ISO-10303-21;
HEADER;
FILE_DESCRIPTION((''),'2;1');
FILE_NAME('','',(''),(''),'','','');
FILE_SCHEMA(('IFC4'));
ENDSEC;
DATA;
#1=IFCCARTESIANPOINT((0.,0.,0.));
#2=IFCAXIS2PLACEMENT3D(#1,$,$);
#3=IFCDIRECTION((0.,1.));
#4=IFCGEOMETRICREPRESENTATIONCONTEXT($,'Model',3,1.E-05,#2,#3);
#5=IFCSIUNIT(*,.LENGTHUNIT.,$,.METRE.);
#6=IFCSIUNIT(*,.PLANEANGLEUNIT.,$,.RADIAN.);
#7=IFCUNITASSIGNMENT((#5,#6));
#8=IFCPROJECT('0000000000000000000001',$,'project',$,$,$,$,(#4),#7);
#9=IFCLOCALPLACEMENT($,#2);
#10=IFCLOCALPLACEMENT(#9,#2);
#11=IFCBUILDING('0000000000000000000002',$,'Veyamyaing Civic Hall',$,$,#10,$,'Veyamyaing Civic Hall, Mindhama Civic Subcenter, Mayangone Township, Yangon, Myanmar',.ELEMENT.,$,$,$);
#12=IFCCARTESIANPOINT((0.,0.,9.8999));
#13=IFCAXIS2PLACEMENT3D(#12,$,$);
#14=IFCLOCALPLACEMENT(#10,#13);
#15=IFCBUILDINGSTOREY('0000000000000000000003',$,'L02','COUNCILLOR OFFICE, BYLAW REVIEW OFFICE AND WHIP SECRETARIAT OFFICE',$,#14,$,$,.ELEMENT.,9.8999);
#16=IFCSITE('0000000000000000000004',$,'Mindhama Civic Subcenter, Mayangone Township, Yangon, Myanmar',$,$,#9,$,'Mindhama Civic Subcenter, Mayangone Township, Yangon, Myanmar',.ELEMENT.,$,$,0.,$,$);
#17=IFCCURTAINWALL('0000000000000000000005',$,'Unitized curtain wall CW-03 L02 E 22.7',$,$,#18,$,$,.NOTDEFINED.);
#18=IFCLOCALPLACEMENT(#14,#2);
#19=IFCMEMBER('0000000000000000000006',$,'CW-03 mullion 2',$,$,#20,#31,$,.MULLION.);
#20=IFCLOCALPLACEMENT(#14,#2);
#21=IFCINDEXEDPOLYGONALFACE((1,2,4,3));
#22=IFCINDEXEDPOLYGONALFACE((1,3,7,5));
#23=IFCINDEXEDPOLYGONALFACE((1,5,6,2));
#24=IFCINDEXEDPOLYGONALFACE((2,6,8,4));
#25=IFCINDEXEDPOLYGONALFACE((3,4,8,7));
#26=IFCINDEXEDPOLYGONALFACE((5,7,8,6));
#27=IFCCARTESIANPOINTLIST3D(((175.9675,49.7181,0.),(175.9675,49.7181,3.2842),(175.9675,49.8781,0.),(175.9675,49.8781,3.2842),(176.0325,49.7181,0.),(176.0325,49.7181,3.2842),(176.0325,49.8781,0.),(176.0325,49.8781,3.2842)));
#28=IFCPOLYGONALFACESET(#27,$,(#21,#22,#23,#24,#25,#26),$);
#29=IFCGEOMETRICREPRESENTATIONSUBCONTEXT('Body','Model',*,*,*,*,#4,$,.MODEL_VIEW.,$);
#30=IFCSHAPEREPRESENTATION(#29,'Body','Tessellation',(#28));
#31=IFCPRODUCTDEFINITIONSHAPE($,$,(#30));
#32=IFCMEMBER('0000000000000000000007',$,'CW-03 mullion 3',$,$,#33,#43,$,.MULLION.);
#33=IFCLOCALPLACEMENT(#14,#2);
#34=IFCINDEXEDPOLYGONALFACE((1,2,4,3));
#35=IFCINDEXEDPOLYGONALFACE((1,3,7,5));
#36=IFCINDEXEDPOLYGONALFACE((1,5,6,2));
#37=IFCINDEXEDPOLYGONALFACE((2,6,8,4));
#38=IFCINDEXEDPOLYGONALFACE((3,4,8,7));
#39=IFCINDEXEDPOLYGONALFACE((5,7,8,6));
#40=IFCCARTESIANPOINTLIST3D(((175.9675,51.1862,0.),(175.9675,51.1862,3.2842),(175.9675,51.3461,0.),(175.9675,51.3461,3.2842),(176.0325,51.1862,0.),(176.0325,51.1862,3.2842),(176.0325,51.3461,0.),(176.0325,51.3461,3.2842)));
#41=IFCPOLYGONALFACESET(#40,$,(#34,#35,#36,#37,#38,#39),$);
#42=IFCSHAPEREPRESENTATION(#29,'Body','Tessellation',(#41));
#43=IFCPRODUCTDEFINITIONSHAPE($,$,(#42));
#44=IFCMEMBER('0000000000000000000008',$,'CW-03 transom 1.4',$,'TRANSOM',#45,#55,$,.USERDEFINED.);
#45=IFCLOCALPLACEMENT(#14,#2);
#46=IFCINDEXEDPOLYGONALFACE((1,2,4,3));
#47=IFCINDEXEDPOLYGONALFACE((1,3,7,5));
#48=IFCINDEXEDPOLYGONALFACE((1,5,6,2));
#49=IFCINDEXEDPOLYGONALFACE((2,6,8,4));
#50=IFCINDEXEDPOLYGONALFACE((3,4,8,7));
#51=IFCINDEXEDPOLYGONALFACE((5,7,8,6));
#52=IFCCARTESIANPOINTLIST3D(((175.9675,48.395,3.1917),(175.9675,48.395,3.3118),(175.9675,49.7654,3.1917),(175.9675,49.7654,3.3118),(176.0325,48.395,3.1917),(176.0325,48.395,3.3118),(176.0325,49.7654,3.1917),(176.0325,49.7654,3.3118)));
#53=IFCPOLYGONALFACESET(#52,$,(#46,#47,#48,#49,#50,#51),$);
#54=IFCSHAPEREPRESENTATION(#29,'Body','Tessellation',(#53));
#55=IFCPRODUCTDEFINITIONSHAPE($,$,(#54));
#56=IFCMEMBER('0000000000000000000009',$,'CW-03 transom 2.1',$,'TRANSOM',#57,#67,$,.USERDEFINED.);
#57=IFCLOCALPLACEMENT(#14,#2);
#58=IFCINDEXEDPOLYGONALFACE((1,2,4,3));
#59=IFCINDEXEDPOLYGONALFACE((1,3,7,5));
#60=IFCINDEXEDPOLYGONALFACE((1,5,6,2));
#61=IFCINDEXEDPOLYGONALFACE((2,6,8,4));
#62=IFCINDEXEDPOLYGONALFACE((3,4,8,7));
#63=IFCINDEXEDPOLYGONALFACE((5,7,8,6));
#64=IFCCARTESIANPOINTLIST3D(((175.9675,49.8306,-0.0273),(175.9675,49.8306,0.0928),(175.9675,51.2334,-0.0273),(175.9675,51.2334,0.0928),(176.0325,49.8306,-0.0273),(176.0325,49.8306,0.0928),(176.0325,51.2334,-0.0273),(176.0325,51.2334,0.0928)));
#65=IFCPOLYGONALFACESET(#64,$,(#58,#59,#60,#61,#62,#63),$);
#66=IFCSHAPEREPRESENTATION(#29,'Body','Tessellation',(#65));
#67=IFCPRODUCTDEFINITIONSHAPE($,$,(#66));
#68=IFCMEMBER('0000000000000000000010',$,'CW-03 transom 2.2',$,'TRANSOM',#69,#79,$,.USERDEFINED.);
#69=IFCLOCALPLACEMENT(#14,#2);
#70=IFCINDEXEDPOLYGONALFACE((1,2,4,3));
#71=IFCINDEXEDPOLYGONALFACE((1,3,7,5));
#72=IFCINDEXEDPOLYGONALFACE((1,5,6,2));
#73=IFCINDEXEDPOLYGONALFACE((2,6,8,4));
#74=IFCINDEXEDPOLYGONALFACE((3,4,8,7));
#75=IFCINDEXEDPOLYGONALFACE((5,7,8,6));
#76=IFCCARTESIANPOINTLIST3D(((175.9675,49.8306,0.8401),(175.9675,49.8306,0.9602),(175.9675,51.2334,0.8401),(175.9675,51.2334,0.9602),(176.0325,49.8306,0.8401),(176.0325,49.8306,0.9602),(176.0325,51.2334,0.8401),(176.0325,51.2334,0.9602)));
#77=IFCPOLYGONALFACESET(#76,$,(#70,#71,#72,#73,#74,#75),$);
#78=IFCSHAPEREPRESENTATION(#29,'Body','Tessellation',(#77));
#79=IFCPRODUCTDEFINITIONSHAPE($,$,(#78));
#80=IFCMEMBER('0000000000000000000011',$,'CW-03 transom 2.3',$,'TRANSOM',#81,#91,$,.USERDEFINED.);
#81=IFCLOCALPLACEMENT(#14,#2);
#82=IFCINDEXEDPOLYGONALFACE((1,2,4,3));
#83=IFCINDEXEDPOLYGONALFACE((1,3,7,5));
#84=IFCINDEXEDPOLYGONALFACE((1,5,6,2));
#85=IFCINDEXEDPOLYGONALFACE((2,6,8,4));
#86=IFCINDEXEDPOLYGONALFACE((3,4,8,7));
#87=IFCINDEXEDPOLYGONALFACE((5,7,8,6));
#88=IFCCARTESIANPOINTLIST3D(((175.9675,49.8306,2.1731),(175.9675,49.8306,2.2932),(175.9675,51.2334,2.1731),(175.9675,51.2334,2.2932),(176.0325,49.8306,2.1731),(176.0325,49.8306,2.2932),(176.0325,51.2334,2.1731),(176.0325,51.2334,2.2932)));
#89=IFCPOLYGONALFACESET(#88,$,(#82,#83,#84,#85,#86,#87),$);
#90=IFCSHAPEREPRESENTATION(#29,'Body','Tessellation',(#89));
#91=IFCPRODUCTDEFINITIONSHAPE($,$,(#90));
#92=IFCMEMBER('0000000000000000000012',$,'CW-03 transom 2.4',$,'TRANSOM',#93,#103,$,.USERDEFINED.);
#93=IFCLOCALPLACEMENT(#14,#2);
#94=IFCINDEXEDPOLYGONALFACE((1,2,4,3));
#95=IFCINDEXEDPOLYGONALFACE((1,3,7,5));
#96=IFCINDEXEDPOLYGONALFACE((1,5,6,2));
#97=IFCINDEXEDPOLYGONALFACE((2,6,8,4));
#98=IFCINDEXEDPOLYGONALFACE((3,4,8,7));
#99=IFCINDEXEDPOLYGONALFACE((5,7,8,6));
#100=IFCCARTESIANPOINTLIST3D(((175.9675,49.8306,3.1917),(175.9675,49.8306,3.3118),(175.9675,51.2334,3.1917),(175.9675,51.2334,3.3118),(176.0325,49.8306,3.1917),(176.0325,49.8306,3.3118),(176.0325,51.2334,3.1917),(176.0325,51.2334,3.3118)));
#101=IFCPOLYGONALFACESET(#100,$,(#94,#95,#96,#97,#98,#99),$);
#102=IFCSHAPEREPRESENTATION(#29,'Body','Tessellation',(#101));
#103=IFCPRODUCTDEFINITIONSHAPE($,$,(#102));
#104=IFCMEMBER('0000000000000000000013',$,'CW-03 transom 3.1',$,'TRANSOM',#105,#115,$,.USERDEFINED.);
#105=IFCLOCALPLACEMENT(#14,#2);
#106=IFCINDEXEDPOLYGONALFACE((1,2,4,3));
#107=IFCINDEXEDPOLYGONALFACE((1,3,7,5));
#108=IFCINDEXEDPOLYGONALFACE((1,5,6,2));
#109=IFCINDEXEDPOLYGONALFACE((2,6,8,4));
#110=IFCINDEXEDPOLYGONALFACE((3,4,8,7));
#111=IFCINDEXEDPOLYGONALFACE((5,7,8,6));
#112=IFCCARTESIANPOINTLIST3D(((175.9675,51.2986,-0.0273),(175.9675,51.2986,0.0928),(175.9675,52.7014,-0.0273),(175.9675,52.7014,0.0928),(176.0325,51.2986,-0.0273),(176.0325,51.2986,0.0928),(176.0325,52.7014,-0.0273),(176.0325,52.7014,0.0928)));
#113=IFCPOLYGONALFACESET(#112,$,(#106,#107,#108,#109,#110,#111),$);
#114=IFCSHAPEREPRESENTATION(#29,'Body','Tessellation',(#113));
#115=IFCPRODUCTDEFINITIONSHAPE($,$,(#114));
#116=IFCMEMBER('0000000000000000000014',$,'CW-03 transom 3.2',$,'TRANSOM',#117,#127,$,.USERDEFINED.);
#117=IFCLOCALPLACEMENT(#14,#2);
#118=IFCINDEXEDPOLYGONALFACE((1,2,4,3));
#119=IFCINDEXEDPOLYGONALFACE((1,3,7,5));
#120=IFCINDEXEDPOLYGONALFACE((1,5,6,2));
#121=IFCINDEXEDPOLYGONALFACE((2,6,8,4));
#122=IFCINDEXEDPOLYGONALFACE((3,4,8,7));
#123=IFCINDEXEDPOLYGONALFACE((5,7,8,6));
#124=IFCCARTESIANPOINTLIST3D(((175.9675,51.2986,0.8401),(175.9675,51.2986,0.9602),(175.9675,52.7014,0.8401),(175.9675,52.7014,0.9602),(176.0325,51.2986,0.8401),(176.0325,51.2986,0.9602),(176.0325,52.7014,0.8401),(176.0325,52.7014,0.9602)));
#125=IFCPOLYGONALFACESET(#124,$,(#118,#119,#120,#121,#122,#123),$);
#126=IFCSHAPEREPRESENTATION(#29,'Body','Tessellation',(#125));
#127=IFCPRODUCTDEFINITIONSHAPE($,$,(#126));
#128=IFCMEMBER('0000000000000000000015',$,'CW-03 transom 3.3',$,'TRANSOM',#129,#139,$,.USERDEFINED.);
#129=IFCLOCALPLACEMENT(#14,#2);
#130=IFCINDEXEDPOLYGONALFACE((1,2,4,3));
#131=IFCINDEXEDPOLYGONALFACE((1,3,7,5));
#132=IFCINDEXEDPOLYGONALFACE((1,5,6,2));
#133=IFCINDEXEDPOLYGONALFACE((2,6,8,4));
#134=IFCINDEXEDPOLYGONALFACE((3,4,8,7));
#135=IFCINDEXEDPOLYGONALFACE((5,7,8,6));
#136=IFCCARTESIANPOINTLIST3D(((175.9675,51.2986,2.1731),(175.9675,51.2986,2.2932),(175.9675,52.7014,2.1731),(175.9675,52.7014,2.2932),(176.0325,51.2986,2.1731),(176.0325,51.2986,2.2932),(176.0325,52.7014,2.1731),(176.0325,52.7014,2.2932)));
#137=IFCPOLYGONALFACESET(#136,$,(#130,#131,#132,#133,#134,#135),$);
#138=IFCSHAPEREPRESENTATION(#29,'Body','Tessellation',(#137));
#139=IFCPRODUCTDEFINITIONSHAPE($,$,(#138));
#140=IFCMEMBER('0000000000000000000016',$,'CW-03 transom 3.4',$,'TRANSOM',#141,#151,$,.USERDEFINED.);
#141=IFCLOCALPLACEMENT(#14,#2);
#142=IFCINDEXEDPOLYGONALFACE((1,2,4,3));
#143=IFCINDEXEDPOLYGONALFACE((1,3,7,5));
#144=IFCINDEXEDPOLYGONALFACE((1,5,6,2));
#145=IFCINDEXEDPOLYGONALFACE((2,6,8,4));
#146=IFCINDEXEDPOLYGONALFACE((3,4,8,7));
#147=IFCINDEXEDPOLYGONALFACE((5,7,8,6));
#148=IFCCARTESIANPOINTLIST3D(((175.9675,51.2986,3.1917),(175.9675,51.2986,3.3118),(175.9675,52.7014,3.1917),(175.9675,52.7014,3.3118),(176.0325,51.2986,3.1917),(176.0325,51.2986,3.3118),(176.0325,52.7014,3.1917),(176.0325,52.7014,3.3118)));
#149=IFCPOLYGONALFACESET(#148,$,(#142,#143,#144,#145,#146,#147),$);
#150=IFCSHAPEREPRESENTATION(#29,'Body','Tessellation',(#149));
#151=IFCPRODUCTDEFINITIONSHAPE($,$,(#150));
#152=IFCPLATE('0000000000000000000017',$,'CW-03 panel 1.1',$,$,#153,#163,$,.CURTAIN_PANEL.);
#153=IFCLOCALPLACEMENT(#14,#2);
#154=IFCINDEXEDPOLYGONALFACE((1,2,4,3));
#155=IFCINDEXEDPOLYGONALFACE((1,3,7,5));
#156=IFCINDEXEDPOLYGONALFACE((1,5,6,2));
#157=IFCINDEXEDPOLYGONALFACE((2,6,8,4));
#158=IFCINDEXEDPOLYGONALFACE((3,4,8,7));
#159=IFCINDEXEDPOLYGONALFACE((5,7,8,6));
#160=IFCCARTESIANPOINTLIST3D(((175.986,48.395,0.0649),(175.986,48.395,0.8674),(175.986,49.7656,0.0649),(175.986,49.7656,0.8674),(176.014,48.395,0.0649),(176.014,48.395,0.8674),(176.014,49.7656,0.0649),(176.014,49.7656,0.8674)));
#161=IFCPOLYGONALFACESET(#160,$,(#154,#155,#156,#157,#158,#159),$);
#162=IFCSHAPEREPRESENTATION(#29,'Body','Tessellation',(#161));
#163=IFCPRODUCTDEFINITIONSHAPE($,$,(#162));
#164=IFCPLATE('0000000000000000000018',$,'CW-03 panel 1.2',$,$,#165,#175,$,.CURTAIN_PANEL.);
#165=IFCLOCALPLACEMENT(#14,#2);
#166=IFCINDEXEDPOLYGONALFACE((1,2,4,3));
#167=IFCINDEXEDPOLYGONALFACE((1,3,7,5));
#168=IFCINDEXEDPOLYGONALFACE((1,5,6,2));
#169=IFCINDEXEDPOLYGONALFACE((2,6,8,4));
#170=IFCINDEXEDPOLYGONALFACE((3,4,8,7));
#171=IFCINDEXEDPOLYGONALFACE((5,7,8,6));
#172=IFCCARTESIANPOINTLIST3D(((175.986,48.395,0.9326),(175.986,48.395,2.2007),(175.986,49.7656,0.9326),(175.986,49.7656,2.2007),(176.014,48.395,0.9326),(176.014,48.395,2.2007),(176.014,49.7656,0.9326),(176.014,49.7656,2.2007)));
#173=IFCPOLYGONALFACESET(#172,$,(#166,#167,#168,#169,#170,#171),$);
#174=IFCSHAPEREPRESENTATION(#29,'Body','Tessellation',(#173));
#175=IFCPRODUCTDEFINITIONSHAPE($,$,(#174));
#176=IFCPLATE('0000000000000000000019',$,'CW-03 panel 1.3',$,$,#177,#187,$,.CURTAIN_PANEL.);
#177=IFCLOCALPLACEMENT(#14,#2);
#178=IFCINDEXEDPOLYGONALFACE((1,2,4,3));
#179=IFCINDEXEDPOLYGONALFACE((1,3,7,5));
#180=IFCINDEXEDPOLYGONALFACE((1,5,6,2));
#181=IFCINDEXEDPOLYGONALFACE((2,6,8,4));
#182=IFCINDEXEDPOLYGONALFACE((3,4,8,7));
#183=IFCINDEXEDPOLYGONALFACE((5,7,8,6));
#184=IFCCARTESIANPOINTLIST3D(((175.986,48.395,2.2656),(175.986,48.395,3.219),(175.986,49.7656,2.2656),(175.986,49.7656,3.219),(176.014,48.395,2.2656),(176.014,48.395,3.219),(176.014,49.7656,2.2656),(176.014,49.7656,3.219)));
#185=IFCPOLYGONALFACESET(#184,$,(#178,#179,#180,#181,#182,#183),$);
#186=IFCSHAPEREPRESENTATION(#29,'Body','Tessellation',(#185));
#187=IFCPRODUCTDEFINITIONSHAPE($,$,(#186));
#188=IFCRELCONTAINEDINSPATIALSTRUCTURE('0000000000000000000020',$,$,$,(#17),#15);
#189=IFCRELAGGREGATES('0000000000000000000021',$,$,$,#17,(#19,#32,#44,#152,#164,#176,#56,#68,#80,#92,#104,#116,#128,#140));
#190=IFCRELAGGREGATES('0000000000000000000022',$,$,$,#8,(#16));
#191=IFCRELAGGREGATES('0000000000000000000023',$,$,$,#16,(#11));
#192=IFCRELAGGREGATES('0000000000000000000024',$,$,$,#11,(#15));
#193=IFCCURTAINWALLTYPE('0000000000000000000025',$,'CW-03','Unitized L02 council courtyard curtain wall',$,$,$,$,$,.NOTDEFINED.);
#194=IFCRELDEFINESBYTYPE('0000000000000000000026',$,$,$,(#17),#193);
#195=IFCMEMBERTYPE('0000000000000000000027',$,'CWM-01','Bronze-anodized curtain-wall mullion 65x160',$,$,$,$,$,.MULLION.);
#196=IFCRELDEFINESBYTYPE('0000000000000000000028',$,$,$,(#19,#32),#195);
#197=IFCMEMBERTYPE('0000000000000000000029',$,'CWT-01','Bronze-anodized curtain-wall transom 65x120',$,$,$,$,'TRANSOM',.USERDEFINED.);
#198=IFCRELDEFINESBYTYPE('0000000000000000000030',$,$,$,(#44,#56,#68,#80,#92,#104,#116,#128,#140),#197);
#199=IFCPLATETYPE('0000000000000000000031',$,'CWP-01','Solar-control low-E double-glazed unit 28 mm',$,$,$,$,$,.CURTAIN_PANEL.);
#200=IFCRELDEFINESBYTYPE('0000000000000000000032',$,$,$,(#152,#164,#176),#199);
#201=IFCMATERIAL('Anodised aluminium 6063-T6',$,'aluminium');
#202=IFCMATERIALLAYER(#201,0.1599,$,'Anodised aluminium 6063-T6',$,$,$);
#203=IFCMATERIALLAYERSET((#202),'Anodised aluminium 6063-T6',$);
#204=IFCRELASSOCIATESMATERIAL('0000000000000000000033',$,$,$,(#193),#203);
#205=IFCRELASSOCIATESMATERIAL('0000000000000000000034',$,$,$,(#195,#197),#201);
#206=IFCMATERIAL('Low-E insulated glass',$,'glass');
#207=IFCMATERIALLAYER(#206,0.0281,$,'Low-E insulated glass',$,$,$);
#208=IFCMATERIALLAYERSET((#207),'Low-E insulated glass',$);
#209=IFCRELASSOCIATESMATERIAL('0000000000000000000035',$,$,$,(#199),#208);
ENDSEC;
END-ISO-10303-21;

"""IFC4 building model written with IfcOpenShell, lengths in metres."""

from ifc_helpers import new_model, si_unit, direction, frame, origin, origin_2d, place, context, subcontext, project, spatial, rectangle, extrude, material, layer, layer_set, material_profile, profile_set, type_object, element, aggregate, save


model = new_model("IFC4")

# Units and contexts
model_context = context("Model", 3, precision=1e-05, world=origin(), true_north=direction((0.0, 1.0)))
body_context = subcontext(model_context, "Body", "Model", "MODEL_VIEW")
ifc_project = project(units=[si_unit("LENGTHUNIT", "METRE"), si_unit("PLANEANGLEUNIT", "RADIAN")], contexts=[model_context])

# Site, building, storey
site_placement = place(None, origin())
site = spatial("IfcSite", under=ifc_project, at=site_placement, Name="Mindhama Civic Subcenter, Mayangone Township, Yangon, Myanmar", LongName="Mindhama Civic Subcenter, Mayangone Township, Yangon, Myanmar", CompositionType="ELEMENT", RefElevation=0.0)
building_placement = place(site_placement, origin())
building = spatial("IfcBuilding", under=site, at=building_placement, Name="Veyamyaing Civic Hall", LongName="Veyamyaing Civic Hall, Mindhama Civic Subcenter, Mayangone Township, Yangon, Myanmar", CompositionType="ELEMENT")
storey_placement = place(building_placement, frame((0.0, 0.0, 9.8999)))
storey = spatial("IfcBuildingStorey", under=building, at=storey_placement, Name="L02", Description="COUNCILLOR OFFICE, BYLAW REVIEW OFFICE AND WHIP SECRETARIAT OFFICE", CompositionType="ELEMENT", Elevation=9.8999)

# Curtain wall, members, plates
ifc_material_1 = material(Name="Anodised aluminium 6063-T6", Category="aluminium")
ifc_layer_1 = layer(ifc_material_1, 0.1599, Name="Anodised aluminium 6063-T6")
ifc_layer_set_1 = layer_set([ifc_layer_1], Name="Anodised aluminium 6063-T6")
curtain_wall_type = type_object("IfcCurtainWallType", Name="CW-03", Description="Unitized L02 council courtyard curtain wall", PredefinedType="NOTDEFINED", material=ifc_layer_set_1)
curtain_wall_placement = place(storey_placement, origin())
curtain_wall = element("IfcCurtainWall", 1, at=curtain_wall_placement, inside=storey, type_object=curtain_wall_type, Name="Unitized curtain wall CW-03 L02 E 22.7", PredefinedType="NOTDEFINED")
ifc_material_profile_1 = material_profile(ifc_material_1, rectangle(XDim=0.0649, YDim=0.1599, at=origin_2d()), Name="ALU-MUL-65X160")
ifc_profile_set_1 = profile_set([ifc_material_profile_1], Name="Anodised aluminium 6063-T6")
member_type_1 = type_object("IfcMemberType", Name="CWM-01", Description="Bronze-anodized curtain-wall mullion 65x160", PredefinedType="MULLION", material=ifc_profile_set_1)
member_1_placement = place(storey_placement, frame((176.0, 49.7981, 0.0), z_axis=(0.0, 0.0, 1.0), x_axis=(-1.0, 0.0, 0.0)))
member_1 = element("IfcMember", 2, at=member_1_placement, type_object=member_type_1, Name="CW-03 mullion 2", PredefinedType="MULLION", context=body_context, shape_type="SweptSolid", body=[
    extrude(rectangle(XDim=0.0649, YDim=0.1599, at=origin_2d()), origin(), (0.0, 0.0, 1.0), 3.2842),
])
member_2_placement = place(storey_placement, frame((176.0, 51.2661, 0.0), z_axis=(0.0, 0.0, 1.0), x_axis=(-1.0, 0.0, 0.0)))
member_2 = element("IfcMember", 3, at=member_2_placement, type_object=member_type_1, Name="CW-03 mullion 3", PredefinedType="MULLION", context=body_context, shape_type="SweptSolid", body=[
    extrude(rectangle(XDim=0.0649, YDim=0.1599, at=origin_2d()), origin(), (0.0, 0.0, 1.0), 3.2842),
])
ifc_material_profile_2 = material_profile(ifc_material_1, rectangle(XDim=0.0649, YDim=0.1201, at=origin_2d()), Name="ALU-TRN-65X120")
ifc_profile_set_2 = profile_set([ifc_material_profile_2], Name="Anodised aluminium 6063-T6")
member_type_2 = type_object("IfcMemberType", Name="CWT-01", Description="Bronze-anodized curtain-wall transom 65x120", ElementType="TRANSOM", PredefinedType="USERDEFINED", material=ifc_profile_set_2)
member_3_placement = place(storey_placement, frame((176.0, 48.395, 3.2517), z_axis=(0.0, 1.0, 0.0), x_axis=(-1.0, 0.0, 0.0)))
member_3 = element("IfcMember", 4, at=member_3_placement, type_object=member_type_2, Name="CW-03 transom 1.4", ObjectType="TRANSOM", PredefinedType="USERDEFINED", context=body_context, shape_type="SweptSolid", body=[
    extrude(rectangle(XDim=0.0649, YDim=0.1201, at=origin_2d()), origin(), (0.0, 0.0, 1.0), 1.3704),
])
member_4_placement = place(storey_placement, frame((176.0, 49.8306, 0.0327), z_axis=(0.0, 1.0, 0.0), x_axis=(-1.0, 0.0, 0.0)))
member_4 = element("IfcMember", 5, at=member_4_placement, type_object=member_type_2, Name="CW-03 transom 2.1", ObjectType="TRANSOM", PredefinedType="USERDEFINED", context=body_context, shape_type="SweptSolid", body=[
    extrude(rectangle(XDim=0.0649, YDim=0.1201, at=origin_2d()), origin(), (0.0, 0.0, 1.0), 1.4028),
])
member_5_placement = place(storey_placement, frame((176.0, 49.8306, 0.9001), z_axis=(0.0, 1.0, 0.0), x_axis=(-1.0, 0.0, 0.0)))
member_5 = element("IfcMember", 6, at=member_5_placement, type_object=member_type_2, Name="CW-03 transom 2.2", ObjectType="TRANSOM", PredefinedType="USERDEFINED", context=body_context, shape_type="SweptSolid", body=[
    extrude(rectangle(XDim=0.0649, YDim=0.1201, at=origin_2d()), origin(), (0.0, 0.0, 1.0), 1.4028),
])
member_6_placement = place(storey_placement, frame((176.0, 49.8306, 2.2332), z_axis=(0.0, 1.0, 0.0), x_axis=(-1.0, 0.0, 0.0)))
member_6 = element("IfcMember", 7, at=member_6_placement, type_object=member_type_2, Name="CW-03 transom 2.3", ObjectType="TRANSOM", PredefinedType="USERDEFINED", context=body_context, shape_type="SweptSolid", body=[
    extrude(rectangle(XDim=0.0649, YDim=0.1201, at=origin_2d()), origin(), (0.0, 0.0, 1.0), 1.4028),
])
member_7_placement = place(storey_placement, frame((176.0, 49.8306, 3.2517), z_axis=(0.0, 1.0, 0.0), x_axis=(-1.0, 0.0, 0.0)))
member_7 = element("IfcMember", 8, at=member_7_placement, type_object=member_type_2, Name="CW-03 transom 2.4", ObjectType="TRANSOM", PredefinedType="USERDEFINED", context=body_context, shape_type="SweptSolid", body=[
    extrude(rectangle(XDim=0.0649, YDim=0.1201, at=origin_2d()), origin(), (0.0, 0.0, 1.0), 1.4028),
])
member_8_placement = place(storey_placement, frame((176.0, 51.2986, 0.0327), z_axis=(0.0, 1.0, 0.0), x_axis=(-1.0, 0.0, 0.0)))
member_8 = element("IfcMember", 9, at=member_8_placement, type_object=member_type_2, Name="CW-03 transom 3.1", ObjectType="TRANSOM", PredefinedType="USERDEFINED", context=body_context, shape_type="SweptSolid", body=[
    extrude(rectangle(XDim=0.0649, YDim=0.1201, at=origin_2d()), origin(), (0.0, 0.0, 1.0), 1.4028),
])
member_9_placement = place(storey_placement, frame((176.0, 51.2986, 0.9001), z_axis=(0.0, 1.0, 0.0), x_axis=(-1.0, 0.0, 0.0)))
member_9 = element("IfcMember", 10, at=member_9_placement, type_object=member_type_2, Name="CW-03 transom 3.2", ObjectType="TRANSOM", PredefinedType="USERDEFINED", context=body_context, shape_type="SweptSolid", body=[
    extrude(rectangle(XDim=0.0649, YDim=0.1201, at=origin_2d()), origin(), (0.0, 0.0, 1.0), 1.4028),
])
member_10_placement = place(storey_placement, frame((176.0, 51.2986, 2.2332), z_axis=(0.0, 1.0, 0.0), x_axis=(-1.0, 0.0, 0.0)))
member_10 = element("IfcMember", 11, at=member_10_placement, type_object=member_type_2, Name="CW-03 transom 3.3", ObjectType="TRANSOM", PredefinedType="USERDEFINED", context=body_context, shape_type="SweptSolid", body=[
    extrude(rectangle(XDim=0.0649, YDim=0.1201, at=origin_2d()), origin(), (0.0, 0.0, 1.0), 1.4028),
])
member_11_placement = place(storey_placement, frame((176.0, 51.2986, 3.2517), z_axis=(0.0, 1.0, 0.0), x_axis=(-1.0, 0.0, 0.0)))
member_11 = element("IfcMember", 12, at=member_11_placement, type_object=member_type_2, Name="CW-03 transom 3.4", ObjectType="TRANSOM", PredefinedType="USERDEFINED", context=body_context, shape_type="SweptSolid", body=[
    extrude(rectangle(XDim=0.0649, YDim=0.1201, at=origin_2d()), origin(), (0.0, 0.0, 1.0), 1.4028),
])
ifc_material_2 = material(Name="Low-E insulated glass", Category="glass")
ifc_layer_2 = layer(ifc_material_2, 0.0281, Name="Low-E insulated glass")
ifc_layer_set_2 = layer_set([ifc_layer_2], Name="Low-E insulated glass")
plate_type = type_object("IfcPlateType", Name="CWP-01", Description="Solar-control low-E double-glazed unit 28 mm", PredefinedType="CURTAIN_PANEL", material=ifc_layer_set_2)
plate_1_placement = place(storey_placement, frame((176.0, 49.0803, 0.0649), z_axis=(0.0, 0.0, 1.0), x_axis=(0.0, 1.0, 0.0)))
plate_1 = element("IfcPlate", 13, at=plate_1_placement, type_object=plate_type, Name="CW-03 panel 1.1", PredefinedType="CURTAIN_PANEL", context=body_context, shape_type="SweptSolid", body=[
    extrude(rectangle(XDim=1.3706, YDim=0.0281, at=origin_2d()), origin(), (0.0, 0.0, 1.0), 0.8025),
])
plate_2_placement = place(storey_placement, frame((176.0, 49.0803, 0.9326), z_axis=(0.0, 0.0, 1.0), x_axis=(0.0, 1.0, 0.0)))
plate_2 = element("IfcPlate", 14, at=plate_2_placement, type_object=plate_type, Name="CW-03 panel 1.2", PredefinedType="CURTAIN_PANEL", context=body_context, shape_type="SweptSolid", body=[
    extrude(rectangle(XDim=1.3706, YDim=0.0281, at=origin_2d()), origin(), (0.0, 0.0, 1.0), 1.2681),
])
plate_3_placement = place(storey_placement, frame((176.0, 49.0803, 2.2656), z_axis=(0.0, 0.0, 1.0), x_axis=(0.0, 1.0, 0.0)))
plate_3 = element("IfcPlate", 15, at=plate_3_placement, type_object=plate_type, Name="CW-03 panel 1.3", PredefinedType="CURTAIN_PANEL", context=body_context, shape_type="SweptSolid", body=[
    extrude(rectangle(XDim=1.3706, YDim=0.0281, at=origin_2d()), origin(), (0.0, 0.0, 1.0), 0.9534),
])
aggregate(curtain_wall, [member_1, member_2, member_3, plate_1, plate_2, plate_3, member_4, member_5, member_6, member_7, member_8, member_9, member_10, member_11])

save(model, "model.ifc")
